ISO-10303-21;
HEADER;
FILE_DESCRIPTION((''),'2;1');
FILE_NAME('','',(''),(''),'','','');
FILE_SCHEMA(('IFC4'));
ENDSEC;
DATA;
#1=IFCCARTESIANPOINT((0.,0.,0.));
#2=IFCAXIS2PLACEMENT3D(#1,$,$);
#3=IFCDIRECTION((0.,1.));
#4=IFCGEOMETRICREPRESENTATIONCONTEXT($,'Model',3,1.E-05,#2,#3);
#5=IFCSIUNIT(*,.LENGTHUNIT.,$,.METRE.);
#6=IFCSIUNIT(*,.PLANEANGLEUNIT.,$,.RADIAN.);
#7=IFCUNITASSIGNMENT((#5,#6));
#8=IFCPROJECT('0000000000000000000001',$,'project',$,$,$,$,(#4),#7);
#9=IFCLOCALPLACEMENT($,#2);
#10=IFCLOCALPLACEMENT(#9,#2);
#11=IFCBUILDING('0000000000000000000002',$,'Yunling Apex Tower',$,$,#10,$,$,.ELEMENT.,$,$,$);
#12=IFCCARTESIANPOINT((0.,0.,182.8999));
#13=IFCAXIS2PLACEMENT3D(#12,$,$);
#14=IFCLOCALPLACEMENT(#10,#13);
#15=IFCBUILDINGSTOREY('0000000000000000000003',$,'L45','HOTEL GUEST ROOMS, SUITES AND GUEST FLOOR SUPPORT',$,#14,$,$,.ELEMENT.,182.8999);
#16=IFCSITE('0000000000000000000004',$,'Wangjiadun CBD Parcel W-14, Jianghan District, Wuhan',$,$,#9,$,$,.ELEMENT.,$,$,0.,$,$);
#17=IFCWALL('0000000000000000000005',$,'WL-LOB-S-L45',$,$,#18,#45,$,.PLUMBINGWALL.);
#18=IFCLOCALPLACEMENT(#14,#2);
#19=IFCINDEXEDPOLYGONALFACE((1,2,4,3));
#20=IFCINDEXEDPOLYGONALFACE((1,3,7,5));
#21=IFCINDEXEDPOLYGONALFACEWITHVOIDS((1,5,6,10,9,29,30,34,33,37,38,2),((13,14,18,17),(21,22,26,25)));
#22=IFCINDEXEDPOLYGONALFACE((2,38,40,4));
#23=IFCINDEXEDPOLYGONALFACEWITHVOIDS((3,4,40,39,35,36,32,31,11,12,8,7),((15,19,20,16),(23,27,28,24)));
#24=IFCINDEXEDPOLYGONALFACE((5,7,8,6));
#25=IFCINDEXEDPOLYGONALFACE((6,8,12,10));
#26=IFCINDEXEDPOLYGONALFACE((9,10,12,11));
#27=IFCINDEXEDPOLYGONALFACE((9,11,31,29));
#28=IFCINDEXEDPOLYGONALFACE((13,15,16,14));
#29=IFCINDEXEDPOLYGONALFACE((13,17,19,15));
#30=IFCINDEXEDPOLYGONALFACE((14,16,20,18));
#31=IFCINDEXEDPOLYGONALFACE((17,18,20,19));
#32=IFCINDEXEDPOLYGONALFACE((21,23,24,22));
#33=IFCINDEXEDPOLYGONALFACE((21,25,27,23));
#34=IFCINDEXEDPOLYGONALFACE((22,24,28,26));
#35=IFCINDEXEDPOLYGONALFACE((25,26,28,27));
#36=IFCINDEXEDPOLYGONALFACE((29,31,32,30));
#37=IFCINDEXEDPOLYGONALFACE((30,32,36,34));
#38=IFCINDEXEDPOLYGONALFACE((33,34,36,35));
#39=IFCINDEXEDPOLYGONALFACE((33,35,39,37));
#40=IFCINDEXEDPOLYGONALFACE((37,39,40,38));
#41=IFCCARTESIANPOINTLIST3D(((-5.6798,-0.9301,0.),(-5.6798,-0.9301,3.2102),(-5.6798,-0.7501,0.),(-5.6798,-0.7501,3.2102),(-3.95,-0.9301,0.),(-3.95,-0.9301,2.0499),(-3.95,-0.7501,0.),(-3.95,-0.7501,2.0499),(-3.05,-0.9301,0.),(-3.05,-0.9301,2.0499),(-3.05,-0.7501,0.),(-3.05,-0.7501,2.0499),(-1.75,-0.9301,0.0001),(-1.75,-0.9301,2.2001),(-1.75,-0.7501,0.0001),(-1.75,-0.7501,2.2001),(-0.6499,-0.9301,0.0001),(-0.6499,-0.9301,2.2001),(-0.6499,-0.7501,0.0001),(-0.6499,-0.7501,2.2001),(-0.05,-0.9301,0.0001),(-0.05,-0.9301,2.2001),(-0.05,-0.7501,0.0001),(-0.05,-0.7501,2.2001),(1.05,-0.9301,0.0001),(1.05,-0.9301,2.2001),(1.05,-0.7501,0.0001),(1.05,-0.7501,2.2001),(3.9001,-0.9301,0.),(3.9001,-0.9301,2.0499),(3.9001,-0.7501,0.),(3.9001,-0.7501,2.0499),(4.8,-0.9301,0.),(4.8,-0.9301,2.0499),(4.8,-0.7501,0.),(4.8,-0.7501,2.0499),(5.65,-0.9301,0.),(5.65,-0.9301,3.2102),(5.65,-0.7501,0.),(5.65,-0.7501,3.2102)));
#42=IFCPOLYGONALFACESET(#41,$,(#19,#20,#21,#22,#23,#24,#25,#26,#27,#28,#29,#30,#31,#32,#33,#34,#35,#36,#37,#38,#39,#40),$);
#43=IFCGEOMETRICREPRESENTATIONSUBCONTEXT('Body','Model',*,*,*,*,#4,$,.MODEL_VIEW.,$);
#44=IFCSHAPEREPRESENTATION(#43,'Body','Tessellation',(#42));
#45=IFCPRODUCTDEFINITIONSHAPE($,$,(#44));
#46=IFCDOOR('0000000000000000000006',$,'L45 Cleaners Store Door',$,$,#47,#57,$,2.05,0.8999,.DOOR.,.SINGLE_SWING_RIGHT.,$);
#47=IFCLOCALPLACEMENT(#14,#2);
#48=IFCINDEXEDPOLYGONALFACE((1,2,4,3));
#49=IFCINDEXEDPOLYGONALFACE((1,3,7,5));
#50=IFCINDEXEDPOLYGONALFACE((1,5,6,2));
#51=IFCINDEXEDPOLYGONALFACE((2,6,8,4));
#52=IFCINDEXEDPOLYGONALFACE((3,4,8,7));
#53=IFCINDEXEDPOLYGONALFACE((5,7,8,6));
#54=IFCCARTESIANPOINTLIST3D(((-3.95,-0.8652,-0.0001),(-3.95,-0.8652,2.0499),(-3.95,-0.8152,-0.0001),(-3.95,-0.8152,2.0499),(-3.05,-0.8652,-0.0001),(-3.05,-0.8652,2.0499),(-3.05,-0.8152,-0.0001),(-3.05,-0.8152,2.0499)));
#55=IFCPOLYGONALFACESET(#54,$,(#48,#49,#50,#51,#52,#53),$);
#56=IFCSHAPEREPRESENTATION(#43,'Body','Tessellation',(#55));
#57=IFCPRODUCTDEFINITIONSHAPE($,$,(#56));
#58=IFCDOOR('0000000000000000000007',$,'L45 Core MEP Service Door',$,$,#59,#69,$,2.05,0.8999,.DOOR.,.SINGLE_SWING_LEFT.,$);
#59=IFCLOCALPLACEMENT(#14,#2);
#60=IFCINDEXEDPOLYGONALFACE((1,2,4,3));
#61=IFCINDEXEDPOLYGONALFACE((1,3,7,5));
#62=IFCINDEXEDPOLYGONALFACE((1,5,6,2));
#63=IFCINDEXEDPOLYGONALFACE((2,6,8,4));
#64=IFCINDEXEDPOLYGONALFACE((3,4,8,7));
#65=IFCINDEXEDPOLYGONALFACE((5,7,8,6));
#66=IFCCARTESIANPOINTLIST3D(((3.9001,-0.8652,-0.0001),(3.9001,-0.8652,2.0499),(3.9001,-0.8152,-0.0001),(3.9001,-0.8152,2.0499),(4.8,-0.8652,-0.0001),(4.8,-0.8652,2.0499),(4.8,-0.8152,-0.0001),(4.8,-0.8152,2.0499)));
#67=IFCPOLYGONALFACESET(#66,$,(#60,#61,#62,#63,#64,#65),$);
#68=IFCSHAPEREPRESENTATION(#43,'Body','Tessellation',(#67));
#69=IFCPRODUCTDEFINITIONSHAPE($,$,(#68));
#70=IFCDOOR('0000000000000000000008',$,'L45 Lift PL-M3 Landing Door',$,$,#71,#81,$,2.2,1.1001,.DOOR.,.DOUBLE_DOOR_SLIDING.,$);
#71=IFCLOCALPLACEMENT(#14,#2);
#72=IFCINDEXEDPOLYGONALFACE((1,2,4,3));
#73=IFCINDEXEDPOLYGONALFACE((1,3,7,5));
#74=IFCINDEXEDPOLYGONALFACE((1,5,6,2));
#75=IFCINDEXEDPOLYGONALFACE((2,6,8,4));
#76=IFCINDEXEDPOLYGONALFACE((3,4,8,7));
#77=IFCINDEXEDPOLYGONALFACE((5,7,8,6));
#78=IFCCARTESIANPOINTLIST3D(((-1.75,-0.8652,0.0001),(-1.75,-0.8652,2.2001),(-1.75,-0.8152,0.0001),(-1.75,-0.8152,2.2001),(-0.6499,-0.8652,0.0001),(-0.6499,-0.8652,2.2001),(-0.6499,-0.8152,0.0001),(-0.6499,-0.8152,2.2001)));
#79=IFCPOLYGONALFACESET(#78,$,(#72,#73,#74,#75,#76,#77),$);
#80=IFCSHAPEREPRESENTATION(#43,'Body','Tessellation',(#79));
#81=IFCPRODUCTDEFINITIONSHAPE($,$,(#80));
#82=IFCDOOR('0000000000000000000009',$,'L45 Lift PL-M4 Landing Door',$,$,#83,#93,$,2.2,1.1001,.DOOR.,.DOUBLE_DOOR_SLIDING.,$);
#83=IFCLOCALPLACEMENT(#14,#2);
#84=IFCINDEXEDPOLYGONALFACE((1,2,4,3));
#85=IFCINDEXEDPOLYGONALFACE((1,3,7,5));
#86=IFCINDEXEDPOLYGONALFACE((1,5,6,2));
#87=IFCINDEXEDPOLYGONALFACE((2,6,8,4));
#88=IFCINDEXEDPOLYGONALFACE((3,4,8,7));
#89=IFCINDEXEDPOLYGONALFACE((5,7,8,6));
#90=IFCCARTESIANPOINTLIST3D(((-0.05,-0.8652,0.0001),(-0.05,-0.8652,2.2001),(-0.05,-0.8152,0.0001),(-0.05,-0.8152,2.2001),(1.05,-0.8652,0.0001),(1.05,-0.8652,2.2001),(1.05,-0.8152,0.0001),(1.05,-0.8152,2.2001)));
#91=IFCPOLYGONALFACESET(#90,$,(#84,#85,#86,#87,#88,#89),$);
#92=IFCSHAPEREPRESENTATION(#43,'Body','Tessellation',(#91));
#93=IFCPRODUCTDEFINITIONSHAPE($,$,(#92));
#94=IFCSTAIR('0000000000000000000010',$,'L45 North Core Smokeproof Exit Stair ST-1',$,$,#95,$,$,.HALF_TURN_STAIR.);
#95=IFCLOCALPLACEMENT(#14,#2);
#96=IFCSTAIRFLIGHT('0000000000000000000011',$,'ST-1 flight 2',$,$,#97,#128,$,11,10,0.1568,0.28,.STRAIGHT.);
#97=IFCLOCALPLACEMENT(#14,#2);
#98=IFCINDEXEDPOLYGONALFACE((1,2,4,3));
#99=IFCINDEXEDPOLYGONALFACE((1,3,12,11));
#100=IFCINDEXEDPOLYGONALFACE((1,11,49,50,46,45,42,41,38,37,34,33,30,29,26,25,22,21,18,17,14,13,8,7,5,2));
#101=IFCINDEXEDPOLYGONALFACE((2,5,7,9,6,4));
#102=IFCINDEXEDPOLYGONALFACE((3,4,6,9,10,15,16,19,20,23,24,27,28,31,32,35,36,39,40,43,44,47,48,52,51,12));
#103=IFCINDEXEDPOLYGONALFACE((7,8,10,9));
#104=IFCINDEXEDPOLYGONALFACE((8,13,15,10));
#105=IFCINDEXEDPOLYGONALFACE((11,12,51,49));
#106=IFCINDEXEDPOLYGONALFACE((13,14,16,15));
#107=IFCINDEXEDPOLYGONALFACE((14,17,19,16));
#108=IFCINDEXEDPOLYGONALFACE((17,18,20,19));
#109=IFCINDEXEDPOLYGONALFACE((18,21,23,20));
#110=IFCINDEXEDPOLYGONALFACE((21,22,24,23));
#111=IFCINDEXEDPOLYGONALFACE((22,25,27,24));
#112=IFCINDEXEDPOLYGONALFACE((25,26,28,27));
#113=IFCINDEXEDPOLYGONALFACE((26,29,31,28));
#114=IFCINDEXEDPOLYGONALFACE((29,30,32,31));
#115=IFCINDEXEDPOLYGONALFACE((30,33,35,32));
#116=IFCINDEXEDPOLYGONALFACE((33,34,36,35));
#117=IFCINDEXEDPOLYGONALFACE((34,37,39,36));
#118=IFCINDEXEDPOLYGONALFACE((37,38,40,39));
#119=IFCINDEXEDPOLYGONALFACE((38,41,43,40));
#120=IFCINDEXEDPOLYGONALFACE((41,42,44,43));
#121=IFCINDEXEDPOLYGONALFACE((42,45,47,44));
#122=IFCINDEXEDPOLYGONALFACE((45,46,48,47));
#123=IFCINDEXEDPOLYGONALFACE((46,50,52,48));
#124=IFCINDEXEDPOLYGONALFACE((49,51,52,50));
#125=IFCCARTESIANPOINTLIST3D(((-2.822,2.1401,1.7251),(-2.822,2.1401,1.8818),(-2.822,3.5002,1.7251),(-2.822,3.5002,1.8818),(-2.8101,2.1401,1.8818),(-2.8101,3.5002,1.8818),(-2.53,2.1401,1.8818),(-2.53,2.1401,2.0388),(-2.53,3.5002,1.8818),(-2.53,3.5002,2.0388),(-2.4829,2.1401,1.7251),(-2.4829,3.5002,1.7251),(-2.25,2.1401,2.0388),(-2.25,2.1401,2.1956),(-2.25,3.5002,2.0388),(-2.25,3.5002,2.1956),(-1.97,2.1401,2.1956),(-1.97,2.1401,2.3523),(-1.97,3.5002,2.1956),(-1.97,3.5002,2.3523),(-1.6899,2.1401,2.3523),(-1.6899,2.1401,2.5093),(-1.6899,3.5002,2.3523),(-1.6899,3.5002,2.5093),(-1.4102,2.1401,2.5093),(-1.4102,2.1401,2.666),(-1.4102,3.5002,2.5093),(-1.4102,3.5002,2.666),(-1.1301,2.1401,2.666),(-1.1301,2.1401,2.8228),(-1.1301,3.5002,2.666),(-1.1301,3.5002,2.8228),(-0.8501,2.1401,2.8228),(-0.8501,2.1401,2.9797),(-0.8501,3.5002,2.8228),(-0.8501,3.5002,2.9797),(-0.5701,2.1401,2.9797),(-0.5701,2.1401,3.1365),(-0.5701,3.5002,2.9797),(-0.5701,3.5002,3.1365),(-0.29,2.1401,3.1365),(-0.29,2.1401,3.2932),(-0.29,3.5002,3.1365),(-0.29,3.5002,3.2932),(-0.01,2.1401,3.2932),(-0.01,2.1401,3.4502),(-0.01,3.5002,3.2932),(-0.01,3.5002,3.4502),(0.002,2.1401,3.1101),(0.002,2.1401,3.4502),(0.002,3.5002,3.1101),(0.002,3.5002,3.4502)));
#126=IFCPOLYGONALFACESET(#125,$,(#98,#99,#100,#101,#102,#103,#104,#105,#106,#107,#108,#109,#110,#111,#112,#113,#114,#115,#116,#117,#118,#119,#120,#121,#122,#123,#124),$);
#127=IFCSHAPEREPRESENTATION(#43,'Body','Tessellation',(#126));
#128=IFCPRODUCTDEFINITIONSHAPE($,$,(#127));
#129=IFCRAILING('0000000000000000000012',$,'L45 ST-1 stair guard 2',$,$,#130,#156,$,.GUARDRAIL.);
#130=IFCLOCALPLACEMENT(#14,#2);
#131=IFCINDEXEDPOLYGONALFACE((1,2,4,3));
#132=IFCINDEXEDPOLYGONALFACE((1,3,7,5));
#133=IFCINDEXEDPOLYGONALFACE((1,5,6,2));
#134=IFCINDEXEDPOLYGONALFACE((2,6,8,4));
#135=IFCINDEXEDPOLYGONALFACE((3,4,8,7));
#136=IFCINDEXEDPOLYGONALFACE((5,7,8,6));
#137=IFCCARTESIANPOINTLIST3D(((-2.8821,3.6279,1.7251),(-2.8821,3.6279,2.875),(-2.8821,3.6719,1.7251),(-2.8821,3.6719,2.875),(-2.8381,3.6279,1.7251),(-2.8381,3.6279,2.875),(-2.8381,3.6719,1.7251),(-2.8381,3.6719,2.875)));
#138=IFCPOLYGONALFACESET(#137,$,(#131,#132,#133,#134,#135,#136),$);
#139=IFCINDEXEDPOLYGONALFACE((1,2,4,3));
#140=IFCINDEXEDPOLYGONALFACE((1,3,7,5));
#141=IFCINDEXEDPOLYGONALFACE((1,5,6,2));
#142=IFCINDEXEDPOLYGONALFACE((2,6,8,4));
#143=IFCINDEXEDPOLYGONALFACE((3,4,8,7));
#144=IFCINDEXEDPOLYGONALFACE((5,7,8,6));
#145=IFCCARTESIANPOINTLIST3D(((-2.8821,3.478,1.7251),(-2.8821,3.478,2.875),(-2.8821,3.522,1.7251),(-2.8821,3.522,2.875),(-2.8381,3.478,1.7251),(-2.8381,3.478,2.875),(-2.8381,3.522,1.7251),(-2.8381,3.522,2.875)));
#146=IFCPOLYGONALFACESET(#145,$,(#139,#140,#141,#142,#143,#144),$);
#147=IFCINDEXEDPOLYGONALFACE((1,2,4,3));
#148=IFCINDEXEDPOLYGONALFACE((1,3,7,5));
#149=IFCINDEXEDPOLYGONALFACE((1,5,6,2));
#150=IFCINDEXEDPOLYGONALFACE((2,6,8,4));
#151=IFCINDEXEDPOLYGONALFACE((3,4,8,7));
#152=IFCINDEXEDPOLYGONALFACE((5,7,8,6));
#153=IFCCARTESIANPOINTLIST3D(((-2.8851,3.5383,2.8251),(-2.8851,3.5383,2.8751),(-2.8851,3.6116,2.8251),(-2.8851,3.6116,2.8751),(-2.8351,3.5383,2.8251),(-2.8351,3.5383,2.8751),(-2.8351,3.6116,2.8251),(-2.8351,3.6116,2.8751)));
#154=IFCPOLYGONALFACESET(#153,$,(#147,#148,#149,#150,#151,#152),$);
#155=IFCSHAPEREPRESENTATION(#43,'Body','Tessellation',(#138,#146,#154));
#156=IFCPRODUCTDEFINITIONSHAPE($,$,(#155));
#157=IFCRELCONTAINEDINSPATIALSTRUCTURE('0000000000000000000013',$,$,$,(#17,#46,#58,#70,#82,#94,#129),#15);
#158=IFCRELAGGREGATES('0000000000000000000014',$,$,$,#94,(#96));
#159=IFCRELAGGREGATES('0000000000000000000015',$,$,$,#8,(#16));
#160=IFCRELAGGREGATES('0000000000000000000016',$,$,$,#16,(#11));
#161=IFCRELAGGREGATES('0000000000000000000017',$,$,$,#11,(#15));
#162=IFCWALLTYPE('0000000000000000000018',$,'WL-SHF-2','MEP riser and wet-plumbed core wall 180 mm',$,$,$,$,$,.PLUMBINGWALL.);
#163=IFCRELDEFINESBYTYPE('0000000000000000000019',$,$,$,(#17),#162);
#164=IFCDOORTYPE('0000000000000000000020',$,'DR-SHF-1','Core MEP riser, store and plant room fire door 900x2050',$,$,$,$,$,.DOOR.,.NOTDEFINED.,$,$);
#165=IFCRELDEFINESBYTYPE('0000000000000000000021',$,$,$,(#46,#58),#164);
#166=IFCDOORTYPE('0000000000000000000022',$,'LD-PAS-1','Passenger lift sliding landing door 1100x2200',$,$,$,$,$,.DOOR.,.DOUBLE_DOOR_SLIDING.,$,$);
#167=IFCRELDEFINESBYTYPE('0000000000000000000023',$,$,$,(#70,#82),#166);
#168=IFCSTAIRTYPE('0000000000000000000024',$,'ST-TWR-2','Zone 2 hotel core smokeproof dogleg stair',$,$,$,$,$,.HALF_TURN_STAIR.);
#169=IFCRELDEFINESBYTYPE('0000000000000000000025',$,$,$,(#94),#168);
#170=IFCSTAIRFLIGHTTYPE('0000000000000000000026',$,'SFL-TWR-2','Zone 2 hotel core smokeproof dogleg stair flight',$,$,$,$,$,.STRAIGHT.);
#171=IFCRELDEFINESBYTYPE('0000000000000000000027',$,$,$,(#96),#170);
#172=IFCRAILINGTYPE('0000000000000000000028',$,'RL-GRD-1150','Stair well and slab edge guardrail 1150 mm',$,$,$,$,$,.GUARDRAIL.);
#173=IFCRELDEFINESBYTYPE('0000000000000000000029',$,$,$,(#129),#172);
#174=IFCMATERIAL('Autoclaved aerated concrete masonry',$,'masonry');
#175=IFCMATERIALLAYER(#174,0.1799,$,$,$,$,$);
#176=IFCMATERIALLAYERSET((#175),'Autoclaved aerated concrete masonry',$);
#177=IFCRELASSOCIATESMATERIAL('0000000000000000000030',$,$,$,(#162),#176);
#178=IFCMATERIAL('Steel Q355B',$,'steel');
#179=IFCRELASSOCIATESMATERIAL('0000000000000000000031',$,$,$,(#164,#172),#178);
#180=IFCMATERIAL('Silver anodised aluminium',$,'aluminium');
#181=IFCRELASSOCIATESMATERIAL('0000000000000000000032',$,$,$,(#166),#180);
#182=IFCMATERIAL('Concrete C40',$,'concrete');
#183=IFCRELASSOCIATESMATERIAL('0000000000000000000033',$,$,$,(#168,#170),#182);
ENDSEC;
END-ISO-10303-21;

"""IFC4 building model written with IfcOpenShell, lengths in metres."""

from ifc_helpers import new_model, si_unit, direction, frame, frame_2d, origin, origin_2d, place, context, subcontext, project, spatial, polyline, rectangle, outline, extrude, material, layer, layer_set, type_object, element, fill, aggregate, save


model = new_model("IFC4")

# Units and contexts
model_context = context("Model", 3, precision=1e-05, world=origin(), true_north=direction((0.0, 1.0)))
body_context = subcontext(model_context, "Body", "Model", "MODEL_VIEW")
ifc_project = project(units=[si_unit("LENGTHUNIT", "METRE"), si_unit("PLANEANGLEUNIT", "RADIAN")], contexts=[model_context])

# Site, building, storey
site_placement = place(None, origin())
site = spatial("IfcSite", under=ifc_project, at=site_placement, Name="Wangjiadun CBD Parcel W-14, Jianghan District, Wuhan", CompositionType="ELEMENT", RefElevation=0.0)
building_placement = place(site_placement, origin())
building = spatial("IfcBuilding", under=site, at=building_placement, Name="Yunling Apex Tower", CompositionType="ELEMENT")
storey_placement = place(building_placement, frame((0.0, 0.0, 182.8999)))
storey = spatial("IfcBuildingStorey", under=building, at=storey_placement, Name="L45", Description="HOTEL GUEST ROOMS, SUITES AND GUEST FLOOR SUPPORT", CompositionType="ELEMENT", Elevation=182.8999)

# Shared definitions
ifc_material_1 = material(Name="Steel Q355B", Category="steel")

# Shared definitions
ifc_material_2 = material(Name="Concrete C40", Category="concrete")
ifc_material_3 = material(Name="Autoclaved aerated concrete masonry", Category="masonry")
ifc_layer_1 = layer(ifc_material_3, 0.1799)
ifc_layer_set_1 = layer_set([ifc_layer_1], Name="Autoclaved aerated concrete masonry")
wall_type_1 = type_object("IfcWallType", Name="WL-SHF-2", Description="MEP riser and wet-plumbed core wall 180 mm", PredefinedType="PLUMBINGWALL", material=ifc_layer_set_1)

# Wall, openings, doors
door_type_1 = type_object("IfcDoorType", Name="DR-SHF-1", Description="Core MEP riser, store and plant room fire door 900x2050", OperationType="NOTDEFINED", PredefinedType="DOOR", material=ifc_material_1)
ifc_material_4 = material(Name="Silver anodised aluminium", Category="aluminium")
door_type_2 = type_object("IfcDoorType", Name="LD-PAS-1", Description="Passenger lift sliding landing door 1100x2200", OperationType="DOUBLE_DOOR_SLIDING", PredefinedType="DOOR", material=ifc_material_4)
wall_1_placement = place(storey_placement, frame((-5.6799, -0.8401, 0.0), z_axis=(0.0, 0.0, 1.0), x_axis=(1.0, 0.0, 0.0)))
wall_1 = element("IfcWall", 1, at=wall_1_placement, inside=storey, type_object=wall_type_1, Name="WL-LOB-S-L45", PredefinedType="PLUMBINGWALL", context=body_context, shape_type="SweptSolid", body=[
    extrude(rectangle(XDim=11.3298, YDim=0.1799, at=frame_2d((5.665, 0.0))), origin(), (0.0, 0.0, 1.0), 3.2102),
])
opening_1_placement = place(wall_1_placement, frame((1.73, 0.0, 0.0)))
opening_1 = element("IfcOpeningElement", 2, at=opening_1_placement, cuts=wall_1, PredefinedType="OPENING", context=body_context, shape_type="SweptSolid", body=[
    extrude(rectangle(XDim=0.8999, YDim=2.05, at=frame_2d((0.45, 1.0249))), frame((0.0, 0.1001, 0.0), z_axis=(0.0, -1.0, 0.0), x_axis=(1.0, 0.0, 0.0)), (0.0, 0.0, 1.0), 0.2),
])
opening_2_placement = place(wall_1_placement, frame((3.9299, 0.0, 0.0)))
opening_2 = element("IfcOpeningElement", 3, at=opening_2_placement, cuts=wall_1, PredefinedType="OPENING", context=body_context, shape_type="SweptSolid", body=[
    extrude(rectangle(XDim=1.1001, YDim=2.2, at=frame_2d((0.55, 1.1001))), frame((0.0, 0.1001, 0.0), z_axis=(0.0, -1.0, 0.0), x_axis=(1.0, 0.0, 0.0)), (0.0, 0.0, 1.0), 0.2),
])
opening_3_placement = place(wall_1_placement, frame((5.6299, 0.0, 0.0)))
opening_3 = element("IfcOpeningElement", 4, at=opening_3_placement, cuts=wall_1, PredefinedType="OPENING", context=body_context, shape_type="SweptSolid", body=[
    extrude(rectangle(XDim=1.1001, YDim=2.2, at=frame_2d((0.55, 1.1001))), frame((0.0, 0.1001, 0.0), z_axis=(0.0, -1.0, 0.0), x_axis=(1.0, 0.0, 0.0)), (0.0, 0.0, 1.0), 0.2),
])
opening_4_placement = place(wall_1_placement, frame((9.5801, 0.0, 0.0)))
opening_4 = element("IfcOpeningElement", 5, at=opening_4_placement, cuts=wall_1, PredefinedType="OPENING", context=body_context, shape_type="SweptSolid", body=[
    extrude(rectangle(XDim=0.8999, YDim=2.05, at=frame_2d((0.45, 1.0249))), frame((0.0, 0.1001, 0.0), z_axis=(0.0, -1.0, 0.0), x_axis=(1.0, 0.0, 0.0)), (0.0, 0.0, 1.0), 0.2),
])
door_1_placement = place(opening_1_placement, origin())
door_1 = element("IfcDoor", 6, at=door_1_placement, inside=storey, type_object=door_type_1, Name="L45 Cleaners Store Door", OperationType="SINGLE_SWING_RIGHT", OverallHeight=2.05, OverallWidth=0.8999, PredefinedType="DOOR", context=body_context, shape_type="SweptSolid", body=[
    extrude(rectangle(XDim=0.8999, YDim=2.05, at=frame_2d((0.45, 1.0249))), frame((0.0, 0.0249, 0.0), z_axis=(0.0, -1.0, 0.0), x_axis=(1.0, 0.0, 0.0)), (0.0, 0.0, 1.0), 0.05),
])
fill(opening_1, door_1)
door_2_placement = place(opening_4_placement, origin())
door_2 = element("IfcDoor", 7, at=door_2_placement, inside=storey, type_object=door_type_1, Name="L45 Core MEP Service Door", OperationType="SINGLE_SWING_LEFT", OverallHeight=2.05, OverallWidth=0.8999, PredefinedType="DOOR", context=body_context, shape_type="SweptSolid", body=[
    extrude(rectangle(XDim=0.8999, YDim=2.05, at=frame_2d((0.45, 1.0249))), frame((0.0, 0.0249, 0.0), z_axis=(0.0, -1.0, 0.0), x_axis=(1.0, 0.0, 0.0)), (0.0, 0.0, 1.0), 0.05),
])
fill(opening_4, door_2)
door_3_placement = place(opening_2_placement, origin())
door_3 = element("IfcDoor", 8, at=door_3_placement, inside=storey, type_object=door_type_2, Name="L45 Lift PL-M3 Landing Door", OperationType="DOUBLE_DOOR_SLIDING", OverallHeight=2.2, OverallWidth=1.1001, PredefinedType="DOOR", context=body_context, shape_type="SweptSolid", body=[
    extrude(rectangle(XDim=1.1001, YDim=2.2, at=frame_2d((0.55, 1.1001))), frame((0.0, 0.0249, 0.0), z_axis=(0.0, -1.0, 0.0), x_axis=(1.0, 0.0, 0.0)), (0.0, 0.0, 1.0), 0.05),
])
fill(opening_2, door_3)
door_4_placement = place(opening_3_placement, origin())
door_4 = element("IfcDoor", 9, at=door_4_placement, inside=storey, type_object=door_type_2, Name="L45 Lift PL-M4 Landing Door", OperationType="DOUBLE_DOOR_SLIDING", OverallHeight=2.2, OverallWidth=1.1001, PredefinedType="DOOR", context=body_context, shape_type="SweptSolid", body=[
    extrude(rectangle(XDim=1.1001, YDim=2.2, at=frame_2d((0.55, 1.1001))), frame((0.0, 0.0249, 0.0), z_axis=(0.0, -1.0, 0.0), x_axis=(1.0, 0.0, 0.0)), (0.0, 0.0, 1.0), 0.05),
])
fill(opening_3, door_4)

# Stair, stair flight
stair_type = type_object("IfcStairType", Name="ST-TWR-2", Description="Zone 2 hotel core smokeproof dogleg stair", PredefinedType="HALF_TURN_STAIR", material=ifc_material_2)
stair_placement = place(storey_placement, origin())
stair = element("IfcStair", 10, at=stair_placement, inside=storey, type_object=stair_type, Name="L45 North Core Smokeproof Exit Stair ST-1", PredefinedType="HALF_TURN_STAIR")
stair_flight_type = type_object("IfcStairFlightType", Name="SFL-TWR-2", Description="Zone 2 hotel core smokeproof dogleg stair flight", PredefinedType="STRAIGHT", material=ifc_material_2)
stair_flight_placement = place(storey_placement, frame((-2.8101, 2.8201, 1.7251), z_axis=(0.0, 0.0, 1.0), x_axis=(1.0, 0.0, 0.0)))
stair_flight = element("IfcStairFlight", 11, at=stair_flight_placement, type_object=stair_flight_type, Name="ST-1 flight 2", NumberOfRisers=11, NumberOfTreads=10, PredefinedType="STRAIGHT", RiserHeight=0.1568, TreadLength=0.28, context=body_context, shape_type="SweptSolid", body=[
    extrude(outline(polyline([(-0.012, 0.0), (-0.012, 0.1567), (0.0, 0.1567), (0.28, 0.1567), (0.28, 0.3137), (0.5601, 0.3137), (0.5601, 0.4705), (0.8401, 0.4705), (0.8401, 0.6272), (1.1201, 0.6272), (1.1201, 0.7842), (1.3999, 0.7842), (1.3999, 0.9409), (1.6799, 0.9409), (1.6799, 1.0977), (1.96, 1.0977), (1.96, 1.2546), (2.24, 1.2546), (2.24, 1.4114), (2.52, 1.4114), (2.52, 1.5681), (2.8, 1.5681), (2.8, 1.7251), (2.812, 1.7251), (2.812, 1.385), (0.3271, 0.0), (-0.012, 0.0)])), frame((0.0, 0.6802, 0.0), z_axis=(0.0, -1.0, 0.0), x_axis=(1.0, 0.0, 0.0)), (0.0, 0.0, 1.0), 1.3601),
])
aggregate(stair, [stair_flight])

# Railing
railing_type_1 = type_object("IfcRailingType", Name="RL-GRD-1150", Description="Stair well and slab edge guardrail 1150 mm", PredefinedType="GUARDRAIL", material=ifc_material_1)
railing_1_placement = place(storey_placement, frame((-2.8601, 3.6499, 1.7251)))
element("IfcRailing", 12, at=railing_1_placement, inside=storey, type_object=railing_type_1, Name="L45 ST-1 stair guard 2", PredefinedType="GUARDRAIL", context=body_context, shape_type="SweptSolid", body=[
    extrude(rectangle(XDim=0.0439, YDim=0.0439, at=origin_2d()), origin(), (0.0, 0.0, 1.0), 1.1499),
    extrude(rectangle(XDim=0.0439, YDim=0.0439, at=origin_2d()), frame((0.0, -0.1499, 0.0)), (0.0, 0.0, 1.0), 1.1499),
    extrude(rectangle(XDim=0.05, YDim=0.05, at=origin_2d()), frame((0.0, -0.0383, 1.125), z_axis=(0.0, -1.0, 0.0), x_axis=(1.0, 0.0, 0.0)), (0.0, 0.0, 1.0), 0.0732),
])

save(model, "model.ifc")
